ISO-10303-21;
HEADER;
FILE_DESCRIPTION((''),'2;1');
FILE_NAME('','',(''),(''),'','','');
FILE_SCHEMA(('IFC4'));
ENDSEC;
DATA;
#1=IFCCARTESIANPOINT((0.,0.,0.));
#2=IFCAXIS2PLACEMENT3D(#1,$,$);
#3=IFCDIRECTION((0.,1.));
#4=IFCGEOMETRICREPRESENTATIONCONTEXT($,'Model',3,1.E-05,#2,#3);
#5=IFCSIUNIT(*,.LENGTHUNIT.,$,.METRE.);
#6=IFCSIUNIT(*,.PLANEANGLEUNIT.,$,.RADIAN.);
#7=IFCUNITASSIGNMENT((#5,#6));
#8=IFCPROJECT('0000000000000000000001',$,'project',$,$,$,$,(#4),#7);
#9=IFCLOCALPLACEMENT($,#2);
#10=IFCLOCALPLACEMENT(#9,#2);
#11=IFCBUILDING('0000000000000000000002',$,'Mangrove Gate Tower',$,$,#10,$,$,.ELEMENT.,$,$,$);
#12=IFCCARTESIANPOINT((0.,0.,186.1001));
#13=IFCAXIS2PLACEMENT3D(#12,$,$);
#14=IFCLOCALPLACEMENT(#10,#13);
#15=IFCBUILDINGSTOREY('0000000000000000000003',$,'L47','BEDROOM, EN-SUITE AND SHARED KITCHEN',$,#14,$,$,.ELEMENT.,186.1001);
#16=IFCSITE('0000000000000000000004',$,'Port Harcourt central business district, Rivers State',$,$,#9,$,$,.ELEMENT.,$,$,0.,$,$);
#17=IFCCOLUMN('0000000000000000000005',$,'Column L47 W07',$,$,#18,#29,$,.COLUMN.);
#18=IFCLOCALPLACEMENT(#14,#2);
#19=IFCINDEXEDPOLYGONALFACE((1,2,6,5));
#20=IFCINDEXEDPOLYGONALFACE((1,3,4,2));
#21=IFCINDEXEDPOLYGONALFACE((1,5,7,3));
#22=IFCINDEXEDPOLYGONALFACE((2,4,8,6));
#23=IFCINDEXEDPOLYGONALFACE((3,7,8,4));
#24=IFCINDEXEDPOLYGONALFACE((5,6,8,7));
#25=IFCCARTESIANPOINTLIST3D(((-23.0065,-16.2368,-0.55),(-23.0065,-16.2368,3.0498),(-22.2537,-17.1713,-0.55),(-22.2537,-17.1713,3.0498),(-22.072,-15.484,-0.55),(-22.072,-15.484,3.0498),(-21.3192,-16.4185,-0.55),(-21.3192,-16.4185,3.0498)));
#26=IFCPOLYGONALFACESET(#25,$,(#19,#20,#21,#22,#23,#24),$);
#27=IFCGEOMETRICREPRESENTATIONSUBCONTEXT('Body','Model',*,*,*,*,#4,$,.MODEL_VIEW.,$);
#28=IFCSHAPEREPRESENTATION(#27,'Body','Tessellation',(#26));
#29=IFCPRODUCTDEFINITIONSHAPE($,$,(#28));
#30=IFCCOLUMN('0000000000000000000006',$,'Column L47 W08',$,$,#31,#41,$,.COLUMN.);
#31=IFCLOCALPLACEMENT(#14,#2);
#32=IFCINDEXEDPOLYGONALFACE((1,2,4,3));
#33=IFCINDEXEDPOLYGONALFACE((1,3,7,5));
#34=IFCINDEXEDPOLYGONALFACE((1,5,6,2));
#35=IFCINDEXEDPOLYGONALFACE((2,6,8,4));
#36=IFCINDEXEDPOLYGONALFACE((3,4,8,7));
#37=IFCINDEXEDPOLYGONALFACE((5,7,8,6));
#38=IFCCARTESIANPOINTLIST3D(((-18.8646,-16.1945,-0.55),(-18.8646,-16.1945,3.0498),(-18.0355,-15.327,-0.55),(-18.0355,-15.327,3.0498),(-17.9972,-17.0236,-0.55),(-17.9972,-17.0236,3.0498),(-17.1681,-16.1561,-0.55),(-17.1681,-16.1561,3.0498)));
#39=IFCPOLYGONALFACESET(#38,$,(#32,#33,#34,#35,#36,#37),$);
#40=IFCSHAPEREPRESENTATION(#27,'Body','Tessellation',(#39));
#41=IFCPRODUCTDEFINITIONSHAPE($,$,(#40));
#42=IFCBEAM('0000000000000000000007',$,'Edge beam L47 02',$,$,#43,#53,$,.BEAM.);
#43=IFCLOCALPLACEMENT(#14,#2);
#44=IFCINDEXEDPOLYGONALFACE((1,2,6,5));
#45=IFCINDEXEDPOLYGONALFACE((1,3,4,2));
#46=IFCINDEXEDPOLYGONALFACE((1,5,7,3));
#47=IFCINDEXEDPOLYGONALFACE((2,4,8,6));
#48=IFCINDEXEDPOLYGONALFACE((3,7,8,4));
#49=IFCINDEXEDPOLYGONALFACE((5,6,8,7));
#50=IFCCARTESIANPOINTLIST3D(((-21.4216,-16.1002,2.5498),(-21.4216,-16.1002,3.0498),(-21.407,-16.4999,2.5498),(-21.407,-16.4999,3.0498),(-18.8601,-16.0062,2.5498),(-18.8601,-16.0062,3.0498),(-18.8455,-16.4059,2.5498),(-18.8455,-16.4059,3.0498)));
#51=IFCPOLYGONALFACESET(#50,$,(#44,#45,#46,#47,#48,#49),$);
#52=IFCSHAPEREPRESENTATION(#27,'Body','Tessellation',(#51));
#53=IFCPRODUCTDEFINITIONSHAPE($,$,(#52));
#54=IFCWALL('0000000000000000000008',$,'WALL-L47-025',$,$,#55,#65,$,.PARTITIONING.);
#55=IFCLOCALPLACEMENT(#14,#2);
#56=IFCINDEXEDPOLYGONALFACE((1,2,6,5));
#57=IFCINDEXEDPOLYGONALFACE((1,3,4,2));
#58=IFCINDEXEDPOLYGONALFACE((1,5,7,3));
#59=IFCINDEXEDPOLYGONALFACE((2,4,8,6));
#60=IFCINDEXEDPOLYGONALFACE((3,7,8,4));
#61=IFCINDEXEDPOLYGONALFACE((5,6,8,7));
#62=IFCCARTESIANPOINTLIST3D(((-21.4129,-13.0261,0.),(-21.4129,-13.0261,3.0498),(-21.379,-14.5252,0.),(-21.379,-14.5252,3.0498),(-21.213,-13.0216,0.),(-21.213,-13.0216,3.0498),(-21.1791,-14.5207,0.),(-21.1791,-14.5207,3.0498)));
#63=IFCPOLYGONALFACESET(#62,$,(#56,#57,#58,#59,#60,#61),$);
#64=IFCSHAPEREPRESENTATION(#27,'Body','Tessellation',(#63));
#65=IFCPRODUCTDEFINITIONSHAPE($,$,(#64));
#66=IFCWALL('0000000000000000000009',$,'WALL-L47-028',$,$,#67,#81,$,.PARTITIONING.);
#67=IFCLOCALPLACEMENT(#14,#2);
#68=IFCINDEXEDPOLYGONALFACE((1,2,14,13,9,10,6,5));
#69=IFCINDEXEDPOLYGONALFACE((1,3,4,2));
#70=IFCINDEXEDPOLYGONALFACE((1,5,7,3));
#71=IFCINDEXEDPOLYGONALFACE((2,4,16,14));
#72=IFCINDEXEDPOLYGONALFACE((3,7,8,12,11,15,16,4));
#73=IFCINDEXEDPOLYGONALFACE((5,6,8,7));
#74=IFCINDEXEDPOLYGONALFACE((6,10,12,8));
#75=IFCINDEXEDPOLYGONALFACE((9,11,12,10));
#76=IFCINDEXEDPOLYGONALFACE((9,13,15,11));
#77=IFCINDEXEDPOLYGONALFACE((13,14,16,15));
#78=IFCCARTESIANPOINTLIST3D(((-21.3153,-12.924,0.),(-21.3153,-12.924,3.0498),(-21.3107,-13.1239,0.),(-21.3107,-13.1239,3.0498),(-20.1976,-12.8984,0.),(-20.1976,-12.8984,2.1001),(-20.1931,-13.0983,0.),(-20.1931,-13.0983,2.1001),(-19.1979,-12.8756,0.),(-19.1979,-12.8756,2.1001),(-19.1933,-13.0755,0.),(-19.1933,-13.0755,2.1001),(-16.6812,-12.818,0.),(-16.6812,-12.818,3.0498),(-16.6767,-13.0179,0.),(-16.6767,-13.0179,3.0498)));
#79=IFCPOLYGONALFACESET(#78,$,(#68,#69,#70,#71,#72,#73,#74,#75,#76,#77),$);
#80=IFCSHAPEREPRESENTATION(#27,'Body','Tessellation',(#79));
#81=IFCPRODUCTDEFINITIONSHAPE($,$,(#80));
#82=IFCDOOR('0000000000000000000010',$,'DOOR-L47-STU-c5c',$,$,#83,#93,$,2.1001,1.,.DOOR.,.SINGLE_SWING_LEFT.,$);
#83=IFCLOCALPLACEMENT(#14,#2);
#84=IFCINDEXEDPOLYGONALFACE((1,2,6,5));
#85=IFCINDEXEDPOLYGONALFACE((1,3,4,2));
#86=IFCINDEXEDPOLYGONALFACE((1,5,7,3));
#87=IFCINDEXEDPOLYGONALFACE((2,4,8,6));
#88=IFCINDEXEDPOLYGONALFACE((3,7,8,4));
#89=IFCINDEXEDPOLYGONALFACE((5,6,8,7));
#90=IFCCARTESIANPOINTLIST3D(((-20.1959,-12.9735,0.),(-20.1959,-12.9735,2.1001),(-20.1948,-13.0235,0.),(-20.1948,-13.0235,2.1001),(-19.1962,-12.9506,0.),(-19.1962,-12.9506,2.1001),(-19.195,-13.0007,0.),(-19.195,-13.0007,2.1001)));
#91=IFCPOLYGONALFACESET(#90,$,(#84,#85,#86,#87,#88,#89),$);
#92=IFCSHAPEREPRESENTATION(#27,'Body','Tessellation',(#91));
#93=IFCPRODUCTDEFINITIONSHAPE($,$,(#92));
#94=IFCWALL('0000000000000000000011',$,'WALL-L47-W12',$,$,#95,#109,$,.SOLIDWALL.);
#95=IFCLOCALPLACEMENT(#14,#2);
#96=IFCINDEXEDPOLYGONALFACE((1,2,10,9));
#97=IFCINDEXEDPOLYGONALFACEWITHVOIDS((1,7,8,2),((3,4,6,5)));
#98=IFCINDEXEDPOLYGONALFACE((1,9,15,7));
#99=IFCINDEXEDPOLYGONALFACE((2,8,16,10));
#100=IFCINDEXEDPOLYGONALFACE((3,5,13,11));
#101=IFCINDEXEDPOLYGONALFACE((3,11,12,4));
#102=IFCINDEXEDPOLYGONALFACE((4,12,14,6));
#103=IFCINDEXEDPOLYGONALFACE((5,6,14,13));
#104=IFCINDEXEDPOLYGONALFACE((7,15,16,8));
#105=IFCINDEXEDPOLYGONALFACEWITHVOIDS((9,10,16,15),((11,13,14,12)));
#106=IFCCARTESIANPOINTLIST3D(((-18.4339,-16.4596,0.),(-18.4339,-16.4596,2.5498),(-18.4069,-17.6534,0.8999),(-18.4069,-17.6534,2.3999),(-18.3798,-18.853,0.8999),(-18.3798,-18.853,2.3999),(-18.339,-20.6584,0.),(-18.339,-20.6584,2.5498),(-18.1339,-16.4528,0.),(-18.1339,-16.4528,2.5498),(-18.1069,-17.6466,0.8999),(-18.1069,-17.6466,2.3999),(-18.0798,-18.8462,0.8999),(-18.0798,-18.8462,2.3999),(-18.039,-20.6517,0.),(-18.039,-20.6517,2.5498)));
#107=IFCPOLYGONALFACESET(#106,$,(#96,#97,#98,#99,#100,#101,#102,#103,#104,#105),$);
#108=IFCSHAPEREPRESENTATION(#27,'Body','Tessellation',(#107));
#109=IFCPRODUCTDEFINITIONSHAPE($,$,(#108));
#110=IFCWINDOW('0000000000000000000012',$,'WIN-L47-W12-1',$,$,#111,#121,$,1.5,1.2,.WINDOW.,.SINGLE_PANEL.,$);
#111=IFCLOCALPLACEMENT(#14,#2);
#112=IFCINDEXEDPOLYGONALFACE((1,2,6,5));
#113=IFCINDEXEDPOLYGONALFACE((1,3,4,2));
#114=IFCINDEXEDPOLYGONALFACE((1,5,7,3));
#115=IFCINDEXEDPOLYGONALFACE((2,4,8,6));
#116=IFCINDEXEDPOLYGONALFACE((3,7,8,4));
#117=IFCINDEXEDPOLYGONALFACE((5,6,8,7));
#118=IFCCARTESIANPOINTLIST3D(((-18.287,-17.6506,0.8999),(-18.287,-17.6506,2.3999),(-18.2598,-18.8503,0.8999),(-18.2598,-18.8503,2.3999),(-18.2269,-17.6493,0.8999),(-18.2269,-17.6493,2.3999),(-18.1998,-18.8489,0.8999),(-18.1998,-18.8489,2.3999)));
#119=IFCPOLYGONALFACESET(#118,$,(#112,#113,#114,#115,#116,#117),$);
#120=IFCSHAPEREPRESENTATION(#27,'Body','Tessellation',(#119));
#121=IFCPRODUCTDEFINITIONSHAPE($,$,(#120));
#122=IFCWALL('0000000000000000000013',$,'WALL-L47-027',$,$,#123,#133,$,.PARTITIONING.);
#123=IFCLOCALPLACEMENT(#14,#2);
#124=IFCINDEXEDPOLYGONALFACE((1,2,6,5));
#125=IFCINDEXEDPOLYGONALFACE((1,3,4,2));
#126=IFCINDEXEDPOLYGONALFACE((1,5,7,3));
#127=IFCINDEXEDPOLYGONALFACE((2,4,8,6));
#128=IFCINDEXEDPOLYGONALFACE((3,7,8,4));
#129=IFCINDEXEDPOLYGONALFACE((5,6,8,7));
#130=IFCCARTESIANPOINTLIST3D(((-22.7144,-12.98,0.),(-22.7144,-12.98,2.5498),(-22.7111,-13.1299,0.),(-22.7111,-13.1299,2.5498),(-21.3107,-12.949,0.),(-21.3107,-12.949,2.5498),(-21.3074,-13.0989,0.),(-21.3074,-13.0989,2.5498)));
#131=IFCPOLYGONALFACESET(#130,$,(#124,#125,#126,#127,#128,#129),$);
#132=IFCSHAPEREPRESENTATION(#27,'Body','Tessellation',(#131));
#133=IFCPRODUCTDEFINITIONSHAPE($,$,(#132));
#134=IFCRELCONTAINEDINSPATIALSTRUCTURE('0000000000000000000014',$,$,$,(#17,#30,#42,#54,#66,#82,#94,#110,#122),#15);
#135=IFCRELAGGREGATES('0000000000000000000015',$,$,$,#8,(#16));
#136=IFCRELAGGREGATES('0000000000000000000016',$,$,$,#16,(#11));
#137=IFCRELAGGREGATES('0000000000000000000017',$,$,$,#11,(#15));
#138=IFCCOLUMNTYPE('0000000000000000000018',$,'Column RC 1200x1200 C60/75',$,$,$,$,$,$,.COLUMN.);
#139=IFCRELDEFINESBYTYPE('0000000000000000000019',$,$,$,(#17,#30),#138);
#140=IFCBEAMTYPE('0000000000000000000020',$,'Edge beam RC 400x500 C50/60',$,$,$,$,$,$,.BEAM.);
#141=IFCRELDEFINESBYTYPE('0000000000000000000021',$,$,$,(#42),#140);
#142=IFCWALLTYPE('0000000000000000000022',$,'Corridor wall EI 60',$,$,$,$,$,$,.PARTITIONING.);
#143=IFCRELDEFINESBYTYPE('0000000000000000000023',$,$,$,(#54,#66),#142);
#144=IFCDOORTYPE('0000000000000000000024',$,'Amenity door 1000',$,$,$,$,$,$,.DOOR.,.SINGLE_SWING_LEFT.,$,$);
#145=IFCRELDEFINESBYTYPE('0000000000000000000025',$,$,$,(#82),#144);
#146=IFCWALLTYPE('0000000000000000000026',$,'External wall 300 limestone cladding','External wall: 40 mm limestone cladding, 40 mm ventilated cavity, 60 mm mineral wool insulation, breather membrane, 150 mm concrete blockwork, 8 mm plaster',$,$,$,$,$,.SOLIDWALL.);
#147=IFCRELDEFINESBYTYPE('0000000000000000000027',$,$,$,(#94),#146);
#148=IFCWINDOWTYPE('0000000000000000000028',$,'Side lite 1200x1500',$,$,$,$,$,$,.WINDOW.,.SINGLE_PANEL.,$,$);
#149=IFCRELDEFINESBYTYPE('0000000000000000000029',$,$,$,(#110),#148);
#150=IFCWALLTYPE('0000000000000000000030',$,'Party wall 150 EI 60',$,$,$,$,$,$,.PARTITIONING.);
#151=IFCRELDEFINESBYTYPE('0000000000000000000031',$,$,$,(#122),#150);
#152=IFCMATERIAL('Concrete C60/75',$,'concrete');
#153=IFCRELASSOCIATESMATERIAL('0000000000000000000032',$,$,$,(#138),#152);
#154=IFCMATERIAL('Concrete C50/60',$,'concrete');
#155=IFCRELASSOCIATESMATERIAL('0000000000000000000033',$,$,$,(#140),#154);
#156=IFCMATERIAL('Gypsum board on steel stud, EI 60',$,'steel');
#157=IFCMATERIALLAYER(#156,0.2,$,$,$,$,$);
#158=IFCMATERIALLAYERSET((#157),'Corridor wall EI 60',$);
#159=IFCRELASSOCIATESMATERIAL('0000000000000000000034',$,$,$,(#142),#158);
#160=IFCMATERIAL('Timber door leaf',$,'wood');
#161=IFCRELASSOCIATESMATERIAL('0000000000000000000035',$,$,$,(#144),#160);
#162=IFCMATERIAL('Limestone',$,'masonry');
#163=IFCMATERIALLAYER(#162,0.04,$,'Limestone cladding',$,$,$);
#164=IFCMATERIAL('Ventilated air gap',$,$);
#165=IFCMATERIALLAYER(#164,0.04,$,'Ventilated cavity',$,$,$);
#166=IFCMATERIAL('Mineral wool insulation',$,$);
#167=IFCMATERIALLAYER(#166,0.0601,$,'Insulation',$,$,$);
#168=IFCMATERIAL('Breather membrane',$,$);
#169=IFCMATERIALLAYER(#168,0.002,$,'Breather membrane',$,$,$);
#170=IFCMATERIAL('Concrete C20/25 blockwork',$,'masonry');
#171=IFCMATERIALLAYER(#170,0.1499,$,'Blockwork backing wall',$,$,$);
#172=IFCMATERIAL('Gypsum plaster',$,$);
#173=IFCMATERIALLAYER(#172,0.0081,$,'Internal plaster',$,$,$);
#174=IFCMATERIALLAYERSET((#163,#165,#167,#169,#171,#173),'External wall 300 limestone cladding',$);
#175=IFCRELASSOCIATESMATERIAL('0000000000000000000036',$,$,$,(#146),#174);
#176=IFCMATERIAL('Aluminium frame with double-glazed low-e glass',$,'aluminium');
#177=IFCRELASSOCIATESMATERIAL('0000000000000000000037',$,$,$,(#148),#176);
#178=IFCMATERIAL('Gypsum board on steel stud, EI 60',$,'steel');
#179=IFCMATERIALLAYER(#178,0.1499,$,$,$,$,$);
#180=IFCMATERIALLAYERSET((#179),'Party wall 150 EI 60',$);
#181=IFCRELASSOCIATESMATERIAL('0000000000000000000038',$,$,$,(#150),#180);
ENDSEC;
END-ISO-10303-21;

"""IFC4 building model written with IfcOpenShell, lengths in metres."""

from ifc_helpers import new_model, si_unit, direction, frame, frame_2d, origin, origin_2d, place, context, subcontext, project, spatial, rectangle, extrude, material, layer, layer_set, material_profile, profile_set, type_object, element, fill, save


model = new_model("IFC4")

# Units and contexts
model_context = context("Model", 3, precision=1e-05, world=origin(), true_north=direction((0.0, 1.0)))
body_context = subcontext(model_context, "Body", "Model", "MODEL_VIEW")
ifc_project = project(units=[si_unit("LENGTHUNIT", "METRE"), si_unit("PLANEANGLEUNIT", "RADIAN")], contexts=[model_context])

# Site, building, storey
site_placement = place(None, origin())
site = spatial("IfcSite", under=ifc_project, at=site_placement, Name="Port Harcourt central business district, Rivers State", CompositionType="ELEMENT", RefElevation=0.0)
building_placement = place(site_placement, origin())
building = spatial("IfcBuilding", under=site, at=building_placement, Name="Mangrove Gate Tower", CompositionType="ELEMENT")
storey_placement = place(building_placement, frame((0.0, 0.0, 186.1001)))
storey = spatial("IfcBuildingStorey", under=building, at=storey_placement, Name="L47", Description="BEDROOM, EN-SUITE AND SHARED KITCHEN", CompositionType="ELEMENT", Elevation=186.1001)

# Columns
ifc_material_1 = material(Name="Concrete C60/75", Category="concrete")
ifc_material_profile_1 = material_profile(ifc_material_1, rectangle(XDim=1.2, YDim=1.2, at=origin_2d()))
ifc_profile_set_1 = profile_set([ifc_material_profile_1], Name="Concrete C60/75")
column_type = type_object("IfcColumnType", Name="Column RC 1200x1200 C60/75", PredefinedType="COLUMN", material=ifc_profile_set_1)
for number, where, z_axis, x_axis, name in (
    (1, (-22.1628, -16.3276, -0.55), (0.0, 0.0, 1.0), (0.627364, -0.778726, 0.0), "Column L47 W07"),
    (2, (-18.0164, -16.1753, -0.55), (0.0, 0.0, 1.0), (0.72292, -0.690932, 0.0), "Column L47 W08"),
):
    element("IfcColumn", number, at=place(storey_placement, frame(where, z_axis=z_axis, x_axis=x_axis)), inside=storey, type_object=column_type, Name=name, PredefinedType="COLUMN", context=body_context, shape_type="SweptSolid", body=[
        extrude(rectangle(XDim=1.2, YDim=1.2, at=origin_2d()), origin(), (0.0, 0.0, 1.0), 3.5999),
    ])

# Beam
ifc_material_2 = material(Name="Concrete C50/60", Category="concrete")
ifc_material_profile_2 = material_profile(ifc_material_2, rectangle(XDim=0.3999, YDim=0.5, at=origin_2d()))
ifc_profile_set_2 = profile_set([ifc_material_profile_2], Name="Concrete C50/60")
beam_type = type_object("IfcBeamType", Name="Edge beam RC 400x500 C50/60", PredefinedType="BEAM", material=ifc_profile_set_2)
beam_placement = place(storey_placement, frame((-21.4143, -16.3, 2.7998), z_axis=(0.999327, 0.03667, 0.0), x_axis=(-0.03667, 0.999327, 0.0)))
element("IfcBeam", 3, at=beam_placement, inside=storey, type_object=beam_type, Name="Edge beam L47 02", PredefinedType="BEAM", context=body_context, shape_type="SweptSolid", body=[
    extrude(rectangle(XDim=0.3999, YDim=0.5, at=origin_2d()), origin(), (0.0, 0.0, 1.0), 2.5632),
])

# Shared definitions
ifc_material_3 = material(Name="Gypsum board on steel stud, EI 60", Category="steel")
ifc_layer_1 = layer(ifc_material_3, 0.2)
ifc_layer_set_1 = layer_set([ifc_layer_1], Name="Corridor wall EI 60")
wall_type_1 = type_object("IfcWallType", Name="Corridor wall EI 60", PredefinedType="PARTITIONING", material=ifc_layer_set_1)
ifc_material_4 = material(Name="Timber door leaf", Category="wood")
door_type_1 = type_object("IfcDoorType", Name="Amenity door 1000", OperationType="SINGLE_SWING_LEFT", PredefinedType="DOOR", material=ifc_material_4)

# Wall
wall_1_placement = place(storey_placement, frame((-21.2791, -14.5229, 0.0), z_axis=(0.0, 0.0, 1.0), x_axis=(-0.022633, 0.999744, 0.0)))
element("IfcWall", 4, at=wall_1_placement, inside=storey, type_object=wall_type_1, Name="WALL-L47-025", PredefinedType="PARTITIONING", context=body_context, shape_type="SweptSolid", body=[
    extrude(rectangle(XDim=1.4995, YDim=0.2, at=frame_2d((0.7498, 0.0))), origin(), (0.0, 0.0, 1.0), 3.0498),
])

# Wall, opening, door
wall_2_placement = place(storey_placement, frame((-21.313, -13.0239, 0.0), z_axis=(0.0, 0.0, 1.0), x_axis=(0.999739, 0.022859, 0.0)))
wall_2 = element("IfcWall", 5, at=wall_2_placement, inside=storey, type_object=wall_type_1, Name="WALL-L47-028", PredefinedType="PARTITIONING", context=body_context, shape_type="SweptSolid", body=[
    extrude(rectangle(XDim=4.6353, YDim=0.2, at=frame_2d((2.3176, 0.0))), origin(), (0.0, 0.0, 1.0), 3.0498),
])
opening_1_placement = place(wall_2_placement, frame((1.1179, 0.0, 0.0)))
opening_1 = element("IfcOpeningElement", 6, at=opening_1_placement, cuts=wall_2, PredefinedType="OPENING", context=body_context, shape_type="SweptSolid", body=[
    extrude(rectangle(XDim=1.0, YDim=2.1001, at=frame_2d((0.5, 1.05))), frame((0.0, 0.1099, 0.0), z_axis=(0.0, -1.0, 0.0), x_axis=(1.0, 0.0, 0.0)), (0.0, 0.0, 1.0), 0.22),
])
door_1_placement = place(opening_1_placement, origin())
door_1 = element("IfcDoor", 7, at=door_1_placement, inside=storey, type_object=door_type_1, Name="DOOR-L47-STU-c5c", OperationType="SINGLE_SWING_LEFT", OverallHeight=2.1001, OverallWidth=1.0, PredefinedType="DOOR", context=body_context, shape_type="SweptSolid", body=[
    extrude(rectangle(XDim=1.0, YDim=2.1001, at=frame_2d((0.5, 1.05))), frame((0.0, 0.0249, 0.0), z_axis=(0.0, -1.0, 0.0), x_axis=(1.0, 0.0, 0.0)), (0.0, 0.0, 1.0), 0.05),
])
fill(opening_1, door_1)

# Wall, opening, window
ifc_material_5 = material(Name="Limestone", Category="masonry")
ifc_layer_2 = layer(ifc_material_5, 0.04, Name="Limestone cladding")
ifc_material_6 = material(Name="Ventilated air gap")
ifc_layer_3 = layer(ifc_material_6, 0.04, Name="Ventilated cavity")
ifc_material_7 = material(Name="Mineral wool insulation")
ifc_layer_4 = layer(ifc_material_7, 0.0601, Name="Insulation")
ifc_material_8 = material(Name="Breather membrane")
ifc_layer_5 = layer(ifc_material_8, 0.002, Name="Breather membrane")
ifc_material_9 = material(Name="Concrete C20/25 blockwork", Category="masonry")
ifc_layer_6 = layer(ifc_material_9, 0.1499, Name="Blockwork backing wall")
ifc_material_10 = material(Name="Gypsum plaster")
ifc_layer_7 = layer(ifc_material_10, 0.0081, Name="Internal plaster")
ifc_layer_set_2 = layer_set([ifc_layer_2, ifc_layer_3, ifc_layer_4, ifc_layer_5, ifc_layer_6, ifc_layer_7], Name="External wall 300 limestone cladding")
wall_type_2 = type_object("IfcWallType", Name="External wall 300 limestone cladding", Description="External wall: 40 mm limestone cladding, 40 mm ventilated cavity, 60 mm mineral wool insulation, breather membrane, 150 mm concrete blockwork, 8 mm plaster", PredefinedType="SOLIDWALL", material=ifc_layer_set_2)
wall_3_placement = place(storey_placement, frame((-18.2839, -16.4561, 0.0), z_axis=(0.0, 0.0, 1.0), x_axis=(0.022612, -0.999744, 0.0)))
wall_3 = element("IfcWall", 8, at=wall_3_placement, inside=storey, type_object=wall_type_2, Name="WALL-L47-W12", PredefinedType="SOLIDWALL", context=body_context, shape_type="SweptSolid", body=[
    extrude(rectangle(XDim=4.2, YDim=0.3, at=frame_2d((2.1001, 0.0))), origin(), (0.0, 0.0, 1.0), 2.5498),
])
opening_2_placement = place(wall_3_placement, frame((1.1941, 0.0, 0.8999)))
opening_2 = element("IfcOpeningElement", 9, at=opening_2_placement, cuts=wall_3, PredefinedType="OPENING", context=body_context, shape_type="SweptSolid", body=[
    extrude(rectangle(XDim=1.2, YDim=1.5, at=frame_2d((0.6001, 0.75))), frame((0.0, 0.1599, 0.0), z_axis=(0.0, -1.0, 0.0), x_axis=(1.0, 0.0, 0.0)), (0.0, 0.0, 1.0), 0.3201),
])
ifc_material_11 = material(Name="Aluminium frame with double-glazed low-e glass", Category="aluminium")
window_type = type_object("IfcWindowType", Name="Side lite 1200x1500", PartitioningType="SINGLE_PANEL", PredefinedType="WINDOW", material=ifc_material_11)
window_placement = place(opening_2_placement, origin())
window = element("IfcWindow", 10, at=window_placement, inside=storey, type_object=window_type, Name="WIN-L47-W12-1", OverallHeight=1.5, OverallWidth=1.2, PartitioningType="SINGLE_PANEL", PredefinedType="WINDOW", context=body_context, shape_type="SweptSolid", body=[
    extrude(rectangle(XDim=1.2, YDim=1.5, at=frame_2d((0.6001, 0.75))), frame((0.0, 0.03, 0.0), z_axis=(0.0, -1.0, 0.0), x_axis=(1.0, 0.0, 0.0)), (0.0, 0.0, 1.0), 0.0601),
])
fill(opening_2, window)

# Wall
ifc_material_12 = material(Name="Gypsum board on steel stud, EI 60", Category="steel")
ifc_layer_8 = layer(ifc_material_12, 0.1499)
ifc_layer_set_3 = layer_set([ifc_layer_8], Name="Party wall 150 EI 60")
wall_type_3 = type_object("IfcWallType", Name="Party wall 150 EI 60", PredefinedType="PARTITIONING", material=ifc_layer_set_3)
wall_4_placement = place(storey_placement, frame((-22.7129, -13.0549, 0.0), z_axis=(0.0, 0.0, 1.0), x_axis=(0.999756, 0.022082, 0.0)))
element("IfcWall", 11, at=wall_4_placement, inside=storey, type_object=wall_type_3, Name="WALL-L47-027", PredefinedType="PARTITIONING", context=body_context, shape_type="SweptSolid", body=[
    extrude(rectangle(XDim=1.4041, YDim=0.1499, at=frame_2d((0.7021, 0.0))), origin(), (0.0, 0.0, 1.0), 2.5498),
])

save(model, "model.ifc")
